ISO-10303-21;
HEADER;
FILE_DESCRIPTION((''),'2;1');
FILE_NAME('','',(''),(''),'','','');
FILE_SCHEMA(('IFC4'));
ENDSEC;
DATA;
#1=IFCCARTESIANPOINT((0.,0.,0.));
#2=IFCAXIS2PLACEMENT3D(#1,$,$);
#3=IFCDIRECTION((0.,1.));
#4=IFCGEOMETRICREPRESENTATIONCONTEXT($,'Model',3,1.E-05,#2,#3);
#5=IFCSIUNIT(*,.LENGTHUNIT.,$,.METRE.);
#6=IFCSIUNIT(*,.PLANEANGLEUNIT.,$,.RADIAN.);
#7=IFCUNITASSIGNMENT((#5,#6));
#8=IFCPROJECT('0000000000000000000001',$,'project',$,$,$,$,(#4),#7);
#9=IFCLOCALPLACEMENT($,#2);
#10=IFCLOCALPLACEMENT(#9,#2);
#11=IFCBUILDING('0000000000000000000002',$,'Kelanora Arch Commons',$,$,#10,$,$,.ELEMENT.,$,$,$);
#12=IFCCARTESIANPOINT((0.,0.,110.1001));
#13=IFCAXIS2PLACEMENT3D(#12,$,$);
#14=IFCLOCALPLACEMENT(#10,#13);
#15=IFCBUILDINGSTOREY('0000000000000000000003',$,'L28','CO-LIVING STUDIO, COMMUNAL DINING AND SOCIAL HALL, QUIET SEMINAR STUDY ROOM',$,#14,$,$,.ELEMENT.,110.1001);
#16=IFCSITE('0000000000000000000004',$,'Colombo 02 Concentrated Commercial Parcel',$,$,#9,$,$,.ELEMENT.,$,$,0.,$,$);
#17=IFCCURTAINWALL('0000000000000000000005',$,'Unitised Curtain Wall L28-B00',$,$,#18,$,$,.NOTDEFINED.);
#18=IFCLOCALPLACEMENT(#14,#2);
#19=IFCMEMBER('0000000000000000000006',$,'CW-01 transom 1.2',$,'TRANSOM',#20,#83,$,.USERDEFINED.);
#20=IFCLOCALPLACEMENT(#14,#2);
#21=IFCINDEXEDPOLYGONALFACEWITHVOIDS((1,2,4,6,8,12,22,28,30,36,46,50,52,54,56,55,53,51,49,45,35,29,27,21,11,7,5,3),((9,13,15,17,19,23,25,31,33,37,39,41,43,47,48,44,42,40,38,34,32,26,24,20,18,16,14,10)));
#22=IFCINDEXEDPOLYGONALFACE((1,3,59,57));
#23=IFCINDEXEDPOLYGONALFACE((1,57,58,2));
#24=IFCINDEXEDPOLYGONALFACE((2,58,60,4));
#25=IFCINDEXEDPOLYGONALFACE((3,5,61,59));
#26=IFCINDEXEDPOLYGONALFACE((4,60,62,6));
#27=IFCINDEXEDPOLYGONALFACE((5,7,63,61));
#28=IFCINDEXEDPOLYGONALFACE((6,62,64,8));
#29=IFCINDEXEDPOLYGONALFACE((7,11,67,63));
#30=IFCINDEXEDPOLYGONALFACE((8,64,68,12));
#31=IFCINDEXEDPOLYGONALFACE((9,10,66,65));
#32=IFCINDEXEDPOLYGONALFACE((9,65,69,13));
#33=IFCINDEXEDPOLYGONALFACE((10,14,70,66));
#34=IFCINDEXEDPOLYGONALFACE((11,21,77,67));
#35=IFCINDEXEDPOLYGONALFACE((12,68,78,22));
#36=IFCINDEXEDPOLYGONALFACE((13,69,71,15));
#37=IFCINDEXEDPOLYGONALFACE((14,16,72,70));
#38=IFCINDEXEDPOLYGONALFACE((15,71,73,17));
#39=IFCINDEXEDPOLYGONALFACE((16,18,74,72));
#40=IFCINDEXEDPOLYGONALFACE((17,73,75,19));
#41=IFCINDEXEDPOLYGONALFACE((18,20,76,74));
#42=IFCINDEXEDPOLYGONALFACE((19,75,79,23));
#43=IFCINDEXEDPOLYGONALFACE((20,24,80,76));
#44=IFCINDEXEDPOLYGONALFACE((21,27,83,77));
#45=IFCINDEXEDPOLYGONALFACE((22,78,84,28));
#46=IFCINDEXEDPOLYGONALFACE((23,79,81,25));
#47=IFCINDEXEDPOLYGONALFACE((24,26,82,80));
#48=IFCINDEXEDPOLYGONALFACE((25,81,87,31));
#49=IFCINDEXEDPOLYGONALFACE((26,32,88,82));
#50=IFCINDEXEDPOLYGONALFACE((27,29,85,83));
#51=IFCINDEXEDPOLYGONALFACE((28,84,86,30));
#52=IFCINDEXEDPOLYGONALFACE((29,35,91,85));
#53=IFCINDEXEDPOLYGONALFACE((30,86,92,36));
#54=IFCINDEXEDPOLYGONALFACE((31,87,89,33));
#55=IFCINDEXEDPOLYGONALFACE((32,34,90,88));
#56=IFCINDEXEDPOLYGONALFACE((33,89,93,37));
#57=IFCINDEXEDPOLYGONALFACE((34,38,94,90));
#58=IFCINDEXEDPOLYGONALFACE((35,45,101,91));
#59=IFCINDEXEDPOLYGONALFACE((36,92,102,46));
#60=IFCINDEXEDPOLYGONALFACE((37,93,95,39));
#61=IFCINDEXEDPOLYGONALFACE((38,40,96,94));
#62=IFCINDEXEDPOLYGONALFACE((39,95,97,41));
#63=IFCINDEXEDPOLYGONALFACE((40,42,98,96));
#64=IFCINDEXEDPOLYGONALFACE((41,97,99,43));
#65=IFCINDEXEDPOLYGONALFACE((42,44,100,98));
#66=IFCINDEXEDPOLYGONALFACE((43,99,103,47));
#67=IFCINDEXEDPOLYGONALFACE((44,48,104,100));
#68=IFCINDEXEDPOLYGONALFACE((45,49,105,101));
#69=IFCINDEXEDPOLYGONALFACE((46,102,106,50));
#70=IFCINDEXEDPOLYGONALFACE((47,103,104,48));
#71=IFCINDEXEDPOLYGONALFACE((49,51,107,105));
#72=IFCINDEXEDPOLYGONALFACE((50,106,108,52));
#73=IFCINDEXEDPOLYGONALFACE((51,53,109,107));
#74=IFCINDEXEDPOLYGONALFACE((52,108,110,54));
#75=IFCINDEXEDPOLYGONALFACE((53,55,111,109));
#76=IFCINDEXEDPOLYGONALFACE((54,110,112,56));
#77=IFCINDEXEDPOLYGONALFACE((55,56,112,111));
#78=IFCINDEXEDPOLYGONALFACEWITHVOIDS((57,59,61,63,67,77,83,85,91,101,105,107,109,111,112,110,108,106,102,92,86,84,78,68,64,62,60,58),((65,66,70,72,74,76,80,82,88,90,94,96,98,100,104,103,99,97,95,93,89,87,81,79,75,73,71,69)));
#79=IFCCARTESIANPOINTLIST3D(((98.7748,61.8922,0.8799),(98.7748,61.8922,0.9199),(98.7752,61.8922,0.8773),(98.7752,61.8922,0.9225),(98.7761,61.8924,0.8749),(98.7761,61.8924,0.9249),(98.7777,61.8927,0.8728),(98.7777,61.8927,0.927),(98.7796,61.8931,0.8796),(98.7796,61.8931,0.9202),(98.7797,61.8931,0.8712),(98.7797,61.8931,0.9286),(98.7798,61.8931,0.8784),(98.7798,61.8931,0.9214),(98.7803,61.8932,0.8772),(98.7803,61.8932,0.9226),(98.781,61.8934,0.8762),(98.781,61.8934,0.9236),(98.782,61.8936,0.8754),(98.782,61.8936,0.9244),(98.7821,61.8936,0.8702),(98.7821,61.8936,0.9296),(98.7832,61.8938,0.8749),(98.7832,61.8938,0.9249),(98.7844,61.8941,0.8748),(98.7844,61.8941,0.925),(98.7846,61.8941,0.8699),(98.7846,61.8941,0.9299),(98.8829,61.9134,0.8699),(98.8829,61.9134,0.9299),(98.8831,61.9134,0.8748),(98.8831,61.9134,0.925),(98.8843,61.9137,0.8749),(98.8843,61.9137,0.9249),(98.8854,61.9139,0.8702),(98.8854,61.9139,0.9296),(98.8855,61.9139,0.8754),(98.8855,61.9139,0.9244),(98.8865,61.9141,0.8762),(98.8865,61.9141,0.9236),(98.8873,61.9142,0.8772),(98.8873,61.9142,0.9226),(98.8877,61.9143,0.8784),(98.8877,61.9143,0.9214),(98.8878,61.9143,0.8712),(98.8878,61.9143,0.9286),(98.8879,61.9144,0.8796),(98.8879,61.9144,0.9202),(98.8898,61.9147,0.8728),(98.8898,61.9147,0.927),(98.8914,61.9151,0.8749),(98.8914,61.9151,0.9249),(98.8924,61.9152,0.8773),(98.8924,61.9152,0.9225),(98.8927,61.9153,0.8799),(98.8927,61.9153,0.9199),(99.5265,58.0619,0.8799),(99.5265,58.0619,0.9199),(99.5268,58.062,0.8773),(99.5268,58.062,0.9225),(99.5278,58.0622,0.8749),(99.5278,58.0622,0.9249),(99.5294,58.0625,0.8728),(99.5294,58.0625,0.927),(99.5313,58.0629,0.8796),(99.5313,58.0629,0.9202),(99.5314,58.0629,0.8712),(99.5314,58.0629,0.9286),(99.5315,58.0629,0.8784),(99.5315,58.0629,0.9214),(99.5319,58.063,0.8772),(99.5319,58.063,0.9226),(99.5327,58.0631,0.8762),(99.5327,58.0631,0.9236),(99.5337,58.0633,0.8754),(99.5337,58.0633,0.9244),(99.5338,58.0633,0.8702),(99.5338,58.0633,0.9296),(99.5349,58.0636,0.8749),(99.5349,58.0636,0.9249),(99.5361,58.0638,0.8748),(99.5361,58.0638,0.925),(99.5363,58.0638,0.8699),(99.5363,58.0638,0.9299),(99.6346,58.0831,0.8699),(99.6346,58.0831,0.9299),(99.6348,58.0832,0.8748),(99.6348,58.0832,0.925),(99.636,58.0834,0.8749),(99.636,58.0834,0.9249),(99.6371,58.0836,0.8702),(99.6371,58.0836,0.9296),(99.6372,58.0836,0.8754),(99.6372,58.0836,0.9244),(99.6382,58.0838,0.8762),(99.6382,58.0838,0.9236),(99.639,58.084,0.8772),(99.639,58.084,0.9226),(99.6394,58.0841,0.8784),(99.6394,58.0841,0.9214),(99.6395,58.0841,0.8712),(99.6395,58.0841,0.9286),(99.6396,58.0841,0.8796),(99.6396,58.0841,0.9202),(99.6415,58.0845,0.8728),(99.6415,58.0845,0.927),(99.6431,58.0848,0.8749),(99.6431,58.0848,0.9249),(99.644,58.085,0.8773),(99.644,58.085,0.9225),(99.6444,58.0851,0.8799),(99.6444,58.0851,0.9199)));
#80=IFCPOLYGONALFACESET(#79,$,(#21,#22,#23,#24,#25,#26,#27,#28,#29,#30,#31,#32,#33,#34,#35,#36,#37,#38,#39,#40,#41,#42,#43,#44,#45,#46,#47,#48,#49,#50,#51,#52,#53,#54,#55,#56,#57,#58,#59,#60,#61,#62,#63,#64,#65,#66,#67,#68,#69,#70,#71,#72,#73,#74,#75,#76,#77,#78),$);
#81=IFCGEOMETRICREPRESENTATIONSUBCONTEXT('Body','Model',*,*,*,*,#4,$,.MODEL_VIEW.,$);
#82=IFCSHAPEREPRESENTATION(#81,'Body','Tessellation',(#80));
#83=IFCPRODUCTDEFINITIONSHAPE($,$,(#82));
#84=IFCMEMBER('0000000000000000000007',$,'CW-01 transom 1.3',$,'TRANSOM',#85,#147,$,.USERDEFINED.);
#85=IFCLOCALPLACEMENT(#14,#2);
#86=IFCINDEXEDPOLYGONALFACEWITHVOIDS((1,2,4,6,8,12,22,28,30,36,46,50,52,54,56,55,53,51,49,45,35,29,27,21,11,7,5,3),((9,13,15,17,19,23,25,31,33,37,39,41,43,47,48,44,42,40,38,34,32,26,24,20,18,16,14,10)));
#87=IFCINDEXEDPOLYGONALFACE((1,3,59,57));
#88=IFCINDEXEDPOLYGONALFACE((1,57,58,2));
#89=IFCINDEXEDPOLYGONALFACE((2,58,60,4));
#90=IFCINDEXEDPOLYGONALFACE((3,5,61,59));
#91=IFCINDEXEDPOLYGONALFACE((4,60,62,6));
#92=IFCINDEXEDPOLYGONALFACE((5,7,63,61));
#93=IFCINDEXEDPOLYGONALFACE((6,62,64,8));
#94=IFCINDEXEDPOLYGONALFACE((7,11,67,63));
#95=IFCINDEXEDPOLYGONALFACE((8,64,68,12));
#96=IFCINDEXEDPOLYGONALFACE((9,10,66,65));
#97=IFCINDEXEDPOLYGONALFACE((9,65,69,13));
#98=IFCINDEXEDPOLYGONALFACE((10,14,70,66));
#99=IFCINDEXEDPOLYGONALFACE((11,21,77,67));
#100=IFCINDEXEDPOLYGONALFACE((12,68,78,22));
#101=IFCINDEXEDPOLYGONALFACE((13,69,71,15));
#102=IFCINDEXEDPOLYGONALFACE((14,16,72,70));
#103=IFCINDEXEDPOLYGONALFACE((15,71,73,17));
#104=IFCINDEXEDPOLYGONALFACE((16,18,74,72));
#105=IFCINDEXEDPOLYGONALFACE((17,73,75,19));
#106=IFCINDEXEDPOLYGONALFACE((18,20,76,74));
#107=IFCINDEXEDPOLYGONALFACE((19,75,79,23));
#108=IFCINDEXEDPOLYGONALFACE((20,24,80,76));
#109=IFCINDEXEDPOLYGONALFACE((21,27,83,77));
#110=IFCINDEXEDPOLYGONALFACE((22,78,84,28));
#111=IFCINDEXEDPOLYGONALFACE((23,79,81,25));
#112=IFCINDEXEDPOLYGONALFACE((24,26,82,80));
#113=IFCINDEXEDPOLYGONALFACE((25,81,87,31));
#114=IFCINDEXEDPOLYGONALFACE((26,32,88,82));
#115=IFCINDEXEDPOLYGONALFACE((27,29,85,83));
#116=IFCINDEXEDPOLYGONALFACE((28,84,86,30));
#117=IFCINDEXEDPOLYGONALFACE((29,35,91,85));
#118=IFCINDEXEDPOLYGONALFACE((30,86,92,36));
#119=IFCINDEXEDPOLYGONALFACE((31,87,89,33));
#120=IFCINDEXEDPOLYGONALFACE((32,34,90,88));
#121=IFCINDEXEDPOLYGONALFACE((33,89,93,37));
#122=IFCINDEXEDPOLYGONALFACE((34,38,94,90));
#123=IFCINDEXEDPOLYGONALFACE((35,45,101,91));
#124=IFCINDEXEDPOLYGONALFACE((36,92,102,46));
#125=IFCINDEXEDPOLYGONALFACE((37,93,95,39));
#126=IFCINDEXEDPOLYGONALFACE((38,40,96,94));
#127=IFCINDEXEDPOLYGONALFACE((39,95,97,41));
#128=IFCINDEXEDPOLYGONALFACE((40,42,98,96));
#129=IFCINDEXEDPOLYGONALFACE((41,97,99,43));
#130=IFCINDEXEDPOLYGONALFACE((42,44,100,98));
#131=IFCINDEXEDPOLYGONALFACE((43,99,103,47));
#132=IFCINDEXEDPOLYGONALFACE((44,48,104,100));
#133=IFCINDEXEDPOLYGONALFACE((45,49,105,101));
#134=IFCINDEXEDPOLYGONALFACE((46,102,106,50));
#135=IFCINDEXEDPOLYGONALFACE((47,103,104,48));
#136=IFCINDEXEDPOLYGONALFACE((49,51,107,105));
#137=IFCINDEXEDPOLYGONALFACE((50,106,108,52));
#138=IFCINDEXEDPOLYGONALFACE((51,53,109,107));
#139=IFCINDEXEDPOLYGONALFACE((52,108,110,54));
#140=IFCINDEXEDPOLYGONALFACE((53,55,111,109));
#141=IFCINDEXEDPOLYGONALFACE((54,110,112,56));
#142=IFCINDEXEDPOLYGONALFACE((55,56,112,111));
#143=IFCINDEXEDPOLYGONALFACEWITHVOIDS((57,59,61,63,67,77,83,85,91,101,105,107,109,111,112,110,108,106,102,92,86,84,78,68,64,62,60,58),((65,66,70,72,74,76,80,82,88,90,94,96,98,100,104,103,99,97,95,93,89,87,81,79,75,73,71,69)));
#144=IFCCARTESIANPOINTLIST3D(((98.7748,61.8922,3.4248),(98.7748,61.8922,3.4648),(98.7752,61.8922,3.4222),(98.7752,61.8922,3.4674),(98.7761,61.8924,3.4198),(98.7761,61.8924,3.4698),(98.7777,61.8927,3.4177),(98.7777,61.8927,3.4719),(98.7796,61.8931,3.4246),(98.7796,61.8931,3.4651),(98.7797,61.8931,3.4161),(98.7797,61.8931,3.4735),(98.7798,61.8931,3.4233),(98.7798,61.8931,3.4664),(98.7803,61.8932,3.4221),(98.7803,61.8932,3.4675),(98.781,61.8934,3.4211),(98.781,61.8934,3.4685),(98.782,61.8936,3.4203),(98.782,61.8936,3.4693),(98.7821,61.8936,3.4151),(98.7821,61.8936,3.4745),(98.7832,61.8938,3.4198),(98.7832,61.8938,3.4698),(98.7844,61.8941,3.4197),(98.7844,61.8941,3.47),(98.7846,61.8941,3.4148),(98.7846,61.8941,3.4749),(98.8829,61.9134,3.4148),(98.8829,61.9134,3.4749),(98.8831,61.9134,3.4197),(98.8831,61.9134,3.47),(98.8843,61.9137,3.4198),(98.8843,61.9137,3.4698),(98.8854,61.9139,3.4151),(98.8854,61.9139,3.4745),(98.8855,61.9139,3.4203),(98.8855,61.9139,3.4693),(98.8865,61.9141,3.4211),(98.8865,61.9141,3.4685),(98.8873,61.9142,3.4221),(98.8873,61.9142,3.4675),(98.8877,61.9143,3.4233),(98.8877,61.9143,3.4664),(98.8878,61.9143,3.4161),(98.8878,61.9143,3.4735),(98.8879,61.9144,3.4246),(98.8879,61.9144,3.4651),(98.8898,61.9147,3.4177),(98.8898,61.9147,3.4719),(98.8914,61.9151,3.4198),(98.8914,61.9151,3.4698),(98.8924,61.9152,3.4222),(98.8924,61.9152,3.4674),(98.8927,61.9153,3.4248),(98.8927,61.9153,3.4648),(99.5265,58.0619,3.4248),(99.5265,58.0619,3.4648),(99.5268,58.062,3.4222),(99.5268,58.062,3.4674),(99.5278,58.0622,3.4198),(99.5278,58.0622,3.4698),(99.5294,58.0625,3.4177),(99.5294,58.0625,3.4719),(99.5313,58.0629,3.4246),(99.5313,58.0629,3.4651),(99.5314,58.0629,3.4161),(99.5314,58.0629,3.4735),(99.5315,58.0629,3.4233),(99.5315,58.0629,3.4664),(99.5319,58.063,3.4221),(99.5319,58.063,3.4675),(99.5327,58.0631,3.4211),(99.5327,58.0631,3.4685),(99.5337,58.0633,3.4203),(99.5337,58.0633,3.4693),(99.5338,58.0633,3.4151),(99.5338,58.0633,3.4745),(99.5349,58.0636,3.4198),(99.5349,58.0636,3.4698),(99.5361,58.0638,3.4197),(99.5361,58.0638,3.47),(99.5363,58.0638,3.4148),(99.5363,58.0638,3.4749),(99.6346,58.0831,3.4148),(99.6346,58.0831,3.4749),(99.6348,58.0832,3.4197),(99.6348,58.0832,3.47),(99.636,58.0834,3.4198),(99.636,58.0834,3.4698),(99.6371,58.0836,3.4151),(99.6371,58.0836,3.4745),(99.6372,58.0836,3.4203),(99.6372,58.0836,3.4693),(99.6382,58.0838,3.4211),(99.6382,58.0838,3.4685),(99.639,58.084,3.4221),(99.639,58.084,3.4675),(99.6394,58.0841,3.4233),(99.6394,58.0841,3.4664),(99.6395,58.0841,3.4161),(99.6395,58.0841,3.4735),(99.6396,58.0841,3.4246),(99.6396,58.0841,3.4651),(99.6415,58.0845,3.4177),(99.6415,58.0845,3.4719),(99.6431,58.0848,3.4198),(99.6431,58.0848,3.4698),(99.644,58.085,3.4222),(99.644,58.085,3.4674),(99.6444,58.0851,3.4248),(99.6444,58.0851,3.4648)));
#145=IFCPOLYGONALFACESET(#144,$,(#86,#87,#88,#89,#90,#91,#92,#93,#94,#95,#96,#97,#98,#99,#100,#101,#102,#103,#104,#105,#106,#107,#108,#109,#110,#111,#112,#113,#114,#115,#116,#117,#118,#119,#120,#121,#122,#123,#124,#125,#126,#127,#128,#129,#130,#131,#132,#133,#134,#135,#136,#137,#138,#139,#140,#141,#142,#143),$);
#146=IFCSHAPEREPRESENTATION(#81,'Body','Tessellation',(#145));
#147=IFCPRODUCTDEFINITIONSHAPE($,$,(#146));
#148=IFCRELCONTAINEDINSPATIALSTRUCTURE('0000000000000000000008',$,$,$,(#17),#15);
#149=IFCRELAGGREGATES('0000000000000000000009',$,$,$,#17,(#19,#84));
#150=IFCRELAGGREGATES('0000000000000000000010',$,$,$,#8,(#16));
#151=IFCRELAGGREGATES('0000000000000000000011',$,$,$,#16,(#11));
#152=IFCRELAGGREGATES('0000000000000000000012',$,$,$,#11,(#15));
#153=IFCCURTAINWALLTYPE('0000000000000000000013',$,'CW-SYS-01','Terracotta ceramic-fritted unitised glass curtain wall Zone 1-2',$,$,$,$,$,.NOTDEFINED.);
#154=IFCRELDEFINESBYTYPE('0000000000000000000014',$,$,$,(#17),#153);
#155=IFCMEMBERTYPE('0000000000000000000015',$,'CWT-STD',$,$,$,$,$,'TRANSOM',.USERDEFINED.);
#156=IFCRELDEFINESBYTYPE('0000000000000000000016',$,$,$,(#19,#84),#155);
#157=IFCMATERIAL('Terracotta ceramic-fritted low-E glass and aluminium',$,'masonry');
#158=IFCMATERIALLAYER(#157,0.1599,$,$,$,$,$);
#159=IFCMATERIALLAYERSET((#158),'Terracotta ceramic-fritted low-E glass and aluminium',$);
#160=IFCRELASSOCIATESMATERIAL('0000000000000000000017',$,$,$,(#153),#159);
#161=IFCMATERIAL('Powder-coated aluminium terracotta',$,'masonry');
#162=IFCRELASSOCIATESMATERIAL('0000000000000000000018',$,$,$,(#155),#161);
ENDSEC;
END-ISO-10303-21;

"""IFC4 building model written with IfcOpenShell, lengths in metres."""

from ifc_helpers import new_model, si_unit, direction, frame, origin, origin_2d, place, context, subcontext, project, spatial, hollow_rectangle, extrude, material, layer, layer_set, material_profile, profile_set, type_object, element, aggregate, save


model = new_model("IFC4")

# Units and contexts
model_context = context("Model", 3, precision=1e-05, world=origin(), true_north=direction((0.0, 1.0)))
body_context = subcontext(model_context, "Body", "Model", "MODEL_VIEW")
ifc_project = project(units=[si_unit("LENGTHUNIT", "METRE"), si_unit("PLANEANGLEUNIT", "RADIAN")], contexts=[model_context])

# Site, building, storey
site_placement = place(None, origin())
site = spatial("IfcSite", under=ifc_project, at=site_placement, Name="Colombo 02 Concentrated Commercial Parcel", CompositionType="ELEMENT", RefElevation=0.0)
building_placement = place(site_placement, origin())
building = spatial("IfcBuilding", under=site, at=building_placement, Name="Kelanora Arch Commons", CompositionType="ELEMENT")
storey_placement = place(building_placement, frame((0.0, 0.0, 110.1001)))
storey = spatial("IfcBuildingStorey", under=building, at=storey_placement, Name="L28", Description="CO-LIVING STUDIO, COMMUNAL DINING AND SOCIAL HALL, QUIET SEMINAR STUDY ROOM", CompositionType="ELEMENT", Elevation=110.1001)

# Curtain wall, members
ifc_material_1 = material(Name="Terracotta ceramic-fritted low-E glass and aluminium", Category="masonry")
ifc_layer_1 = layer(ifc_material_1, 0.1599)
ifc_layer_set_1 = layer_set([ifc_layer_1], Name="Terracotta ceramic-fritted low-E glass and aluminium")
curtain_wall_type = type_object("IfcCurtainWallType", Name="CW-SYS-01", Description="Terracotta ceramic-fritted unitised glass curtain wall Zone 1-2", PredefinedType="NOTDEFINED", material=ifc_layer_set_1)
curtain_wall_placement = place(storey_placement, origin())
curtain_wall = element("IfcCurtainWall", 1, at=curtain_wall_placement, inside=storey, type_object=curtain_wall_type, Name="Unitised Curtain Wall L28-B00", PredefinedType="NOTDEFINED")
ifc_material_2 = material(Name="Powder-coated aluminium terracotta", Category="masonry")
ifc_material_profile_1 = material_profile(ifc_material_2, hollow_rectangle(XDim=0.1201, YDim=0.0601, WallThickness=0.0049, InnerFilletRadius=0.0049, OuterFilletRadius=0.01, at=origin_2d()), Name="CWT120x60")
ifc_profile_set_1 = profile_set([ifc_material_profile_1], Name="Powder-coated aluminium terracotta")
member_type_1 = type_object("IfcMemberType", Name="CWT-STD", ElementType="TRANSOM", PredefinedType="USERDEFINED", material=ifc_profile_set_1)
member_1_placement = place(storey_placement, frame((99.5854, 58.0735, 0.8999), z_axis=(-0.192579, 0.981282, 0.0), x_axis=(-0.981282, -0.192579, 0.0)))
member_1 = element("IfcMember", 2, at=member_1_placement, type_object=member_type_1, Name="CW-01 transom 1.2", ObjectType="TRANSOM", PredefinedType="USERDEFINED", context=body_context, shape_type="SweptSolid", body=[
    extrude(hollow_rectangle(XDim=0.1201, YDim=0.0601, WallThickness=0.0049, InnerFilletRadius=0.0049, OuterFilletRadius=0.01, at=origin_2d()), origin(), (0.0, 0.0, 1.0), 3.9033),
])
member_2_placement = place(storey_placement, frame((99.5854, 58.0735, 3.4448), z_axis=(-0.192579, 0.981282, 0.0), x_axis=(-0.981282, -0.192579, 0.0)))
member_2 = element("IfcMember", 3, at=member_2_placement, type_object=member_type_1, Name="CW-01 transom 1.3", ObjectType="TRANSOM", PredefinedType="USERDEFINED", context=body_context, shape_type="SweptSolid", body=[
    extrude(hollow_rectangle(XDim=0.1201, YDim=0.0601, WallThickness=0.0049, InnerFilletRadius=0.0049, OuterFilletRadius=0.01, at=origin_2d()), origin(), (0.0, 0.0, 1.0), 3.9033),
])
aggregate(curtain_wall, [member_1, member_2])

save(model, "model.ifc")
